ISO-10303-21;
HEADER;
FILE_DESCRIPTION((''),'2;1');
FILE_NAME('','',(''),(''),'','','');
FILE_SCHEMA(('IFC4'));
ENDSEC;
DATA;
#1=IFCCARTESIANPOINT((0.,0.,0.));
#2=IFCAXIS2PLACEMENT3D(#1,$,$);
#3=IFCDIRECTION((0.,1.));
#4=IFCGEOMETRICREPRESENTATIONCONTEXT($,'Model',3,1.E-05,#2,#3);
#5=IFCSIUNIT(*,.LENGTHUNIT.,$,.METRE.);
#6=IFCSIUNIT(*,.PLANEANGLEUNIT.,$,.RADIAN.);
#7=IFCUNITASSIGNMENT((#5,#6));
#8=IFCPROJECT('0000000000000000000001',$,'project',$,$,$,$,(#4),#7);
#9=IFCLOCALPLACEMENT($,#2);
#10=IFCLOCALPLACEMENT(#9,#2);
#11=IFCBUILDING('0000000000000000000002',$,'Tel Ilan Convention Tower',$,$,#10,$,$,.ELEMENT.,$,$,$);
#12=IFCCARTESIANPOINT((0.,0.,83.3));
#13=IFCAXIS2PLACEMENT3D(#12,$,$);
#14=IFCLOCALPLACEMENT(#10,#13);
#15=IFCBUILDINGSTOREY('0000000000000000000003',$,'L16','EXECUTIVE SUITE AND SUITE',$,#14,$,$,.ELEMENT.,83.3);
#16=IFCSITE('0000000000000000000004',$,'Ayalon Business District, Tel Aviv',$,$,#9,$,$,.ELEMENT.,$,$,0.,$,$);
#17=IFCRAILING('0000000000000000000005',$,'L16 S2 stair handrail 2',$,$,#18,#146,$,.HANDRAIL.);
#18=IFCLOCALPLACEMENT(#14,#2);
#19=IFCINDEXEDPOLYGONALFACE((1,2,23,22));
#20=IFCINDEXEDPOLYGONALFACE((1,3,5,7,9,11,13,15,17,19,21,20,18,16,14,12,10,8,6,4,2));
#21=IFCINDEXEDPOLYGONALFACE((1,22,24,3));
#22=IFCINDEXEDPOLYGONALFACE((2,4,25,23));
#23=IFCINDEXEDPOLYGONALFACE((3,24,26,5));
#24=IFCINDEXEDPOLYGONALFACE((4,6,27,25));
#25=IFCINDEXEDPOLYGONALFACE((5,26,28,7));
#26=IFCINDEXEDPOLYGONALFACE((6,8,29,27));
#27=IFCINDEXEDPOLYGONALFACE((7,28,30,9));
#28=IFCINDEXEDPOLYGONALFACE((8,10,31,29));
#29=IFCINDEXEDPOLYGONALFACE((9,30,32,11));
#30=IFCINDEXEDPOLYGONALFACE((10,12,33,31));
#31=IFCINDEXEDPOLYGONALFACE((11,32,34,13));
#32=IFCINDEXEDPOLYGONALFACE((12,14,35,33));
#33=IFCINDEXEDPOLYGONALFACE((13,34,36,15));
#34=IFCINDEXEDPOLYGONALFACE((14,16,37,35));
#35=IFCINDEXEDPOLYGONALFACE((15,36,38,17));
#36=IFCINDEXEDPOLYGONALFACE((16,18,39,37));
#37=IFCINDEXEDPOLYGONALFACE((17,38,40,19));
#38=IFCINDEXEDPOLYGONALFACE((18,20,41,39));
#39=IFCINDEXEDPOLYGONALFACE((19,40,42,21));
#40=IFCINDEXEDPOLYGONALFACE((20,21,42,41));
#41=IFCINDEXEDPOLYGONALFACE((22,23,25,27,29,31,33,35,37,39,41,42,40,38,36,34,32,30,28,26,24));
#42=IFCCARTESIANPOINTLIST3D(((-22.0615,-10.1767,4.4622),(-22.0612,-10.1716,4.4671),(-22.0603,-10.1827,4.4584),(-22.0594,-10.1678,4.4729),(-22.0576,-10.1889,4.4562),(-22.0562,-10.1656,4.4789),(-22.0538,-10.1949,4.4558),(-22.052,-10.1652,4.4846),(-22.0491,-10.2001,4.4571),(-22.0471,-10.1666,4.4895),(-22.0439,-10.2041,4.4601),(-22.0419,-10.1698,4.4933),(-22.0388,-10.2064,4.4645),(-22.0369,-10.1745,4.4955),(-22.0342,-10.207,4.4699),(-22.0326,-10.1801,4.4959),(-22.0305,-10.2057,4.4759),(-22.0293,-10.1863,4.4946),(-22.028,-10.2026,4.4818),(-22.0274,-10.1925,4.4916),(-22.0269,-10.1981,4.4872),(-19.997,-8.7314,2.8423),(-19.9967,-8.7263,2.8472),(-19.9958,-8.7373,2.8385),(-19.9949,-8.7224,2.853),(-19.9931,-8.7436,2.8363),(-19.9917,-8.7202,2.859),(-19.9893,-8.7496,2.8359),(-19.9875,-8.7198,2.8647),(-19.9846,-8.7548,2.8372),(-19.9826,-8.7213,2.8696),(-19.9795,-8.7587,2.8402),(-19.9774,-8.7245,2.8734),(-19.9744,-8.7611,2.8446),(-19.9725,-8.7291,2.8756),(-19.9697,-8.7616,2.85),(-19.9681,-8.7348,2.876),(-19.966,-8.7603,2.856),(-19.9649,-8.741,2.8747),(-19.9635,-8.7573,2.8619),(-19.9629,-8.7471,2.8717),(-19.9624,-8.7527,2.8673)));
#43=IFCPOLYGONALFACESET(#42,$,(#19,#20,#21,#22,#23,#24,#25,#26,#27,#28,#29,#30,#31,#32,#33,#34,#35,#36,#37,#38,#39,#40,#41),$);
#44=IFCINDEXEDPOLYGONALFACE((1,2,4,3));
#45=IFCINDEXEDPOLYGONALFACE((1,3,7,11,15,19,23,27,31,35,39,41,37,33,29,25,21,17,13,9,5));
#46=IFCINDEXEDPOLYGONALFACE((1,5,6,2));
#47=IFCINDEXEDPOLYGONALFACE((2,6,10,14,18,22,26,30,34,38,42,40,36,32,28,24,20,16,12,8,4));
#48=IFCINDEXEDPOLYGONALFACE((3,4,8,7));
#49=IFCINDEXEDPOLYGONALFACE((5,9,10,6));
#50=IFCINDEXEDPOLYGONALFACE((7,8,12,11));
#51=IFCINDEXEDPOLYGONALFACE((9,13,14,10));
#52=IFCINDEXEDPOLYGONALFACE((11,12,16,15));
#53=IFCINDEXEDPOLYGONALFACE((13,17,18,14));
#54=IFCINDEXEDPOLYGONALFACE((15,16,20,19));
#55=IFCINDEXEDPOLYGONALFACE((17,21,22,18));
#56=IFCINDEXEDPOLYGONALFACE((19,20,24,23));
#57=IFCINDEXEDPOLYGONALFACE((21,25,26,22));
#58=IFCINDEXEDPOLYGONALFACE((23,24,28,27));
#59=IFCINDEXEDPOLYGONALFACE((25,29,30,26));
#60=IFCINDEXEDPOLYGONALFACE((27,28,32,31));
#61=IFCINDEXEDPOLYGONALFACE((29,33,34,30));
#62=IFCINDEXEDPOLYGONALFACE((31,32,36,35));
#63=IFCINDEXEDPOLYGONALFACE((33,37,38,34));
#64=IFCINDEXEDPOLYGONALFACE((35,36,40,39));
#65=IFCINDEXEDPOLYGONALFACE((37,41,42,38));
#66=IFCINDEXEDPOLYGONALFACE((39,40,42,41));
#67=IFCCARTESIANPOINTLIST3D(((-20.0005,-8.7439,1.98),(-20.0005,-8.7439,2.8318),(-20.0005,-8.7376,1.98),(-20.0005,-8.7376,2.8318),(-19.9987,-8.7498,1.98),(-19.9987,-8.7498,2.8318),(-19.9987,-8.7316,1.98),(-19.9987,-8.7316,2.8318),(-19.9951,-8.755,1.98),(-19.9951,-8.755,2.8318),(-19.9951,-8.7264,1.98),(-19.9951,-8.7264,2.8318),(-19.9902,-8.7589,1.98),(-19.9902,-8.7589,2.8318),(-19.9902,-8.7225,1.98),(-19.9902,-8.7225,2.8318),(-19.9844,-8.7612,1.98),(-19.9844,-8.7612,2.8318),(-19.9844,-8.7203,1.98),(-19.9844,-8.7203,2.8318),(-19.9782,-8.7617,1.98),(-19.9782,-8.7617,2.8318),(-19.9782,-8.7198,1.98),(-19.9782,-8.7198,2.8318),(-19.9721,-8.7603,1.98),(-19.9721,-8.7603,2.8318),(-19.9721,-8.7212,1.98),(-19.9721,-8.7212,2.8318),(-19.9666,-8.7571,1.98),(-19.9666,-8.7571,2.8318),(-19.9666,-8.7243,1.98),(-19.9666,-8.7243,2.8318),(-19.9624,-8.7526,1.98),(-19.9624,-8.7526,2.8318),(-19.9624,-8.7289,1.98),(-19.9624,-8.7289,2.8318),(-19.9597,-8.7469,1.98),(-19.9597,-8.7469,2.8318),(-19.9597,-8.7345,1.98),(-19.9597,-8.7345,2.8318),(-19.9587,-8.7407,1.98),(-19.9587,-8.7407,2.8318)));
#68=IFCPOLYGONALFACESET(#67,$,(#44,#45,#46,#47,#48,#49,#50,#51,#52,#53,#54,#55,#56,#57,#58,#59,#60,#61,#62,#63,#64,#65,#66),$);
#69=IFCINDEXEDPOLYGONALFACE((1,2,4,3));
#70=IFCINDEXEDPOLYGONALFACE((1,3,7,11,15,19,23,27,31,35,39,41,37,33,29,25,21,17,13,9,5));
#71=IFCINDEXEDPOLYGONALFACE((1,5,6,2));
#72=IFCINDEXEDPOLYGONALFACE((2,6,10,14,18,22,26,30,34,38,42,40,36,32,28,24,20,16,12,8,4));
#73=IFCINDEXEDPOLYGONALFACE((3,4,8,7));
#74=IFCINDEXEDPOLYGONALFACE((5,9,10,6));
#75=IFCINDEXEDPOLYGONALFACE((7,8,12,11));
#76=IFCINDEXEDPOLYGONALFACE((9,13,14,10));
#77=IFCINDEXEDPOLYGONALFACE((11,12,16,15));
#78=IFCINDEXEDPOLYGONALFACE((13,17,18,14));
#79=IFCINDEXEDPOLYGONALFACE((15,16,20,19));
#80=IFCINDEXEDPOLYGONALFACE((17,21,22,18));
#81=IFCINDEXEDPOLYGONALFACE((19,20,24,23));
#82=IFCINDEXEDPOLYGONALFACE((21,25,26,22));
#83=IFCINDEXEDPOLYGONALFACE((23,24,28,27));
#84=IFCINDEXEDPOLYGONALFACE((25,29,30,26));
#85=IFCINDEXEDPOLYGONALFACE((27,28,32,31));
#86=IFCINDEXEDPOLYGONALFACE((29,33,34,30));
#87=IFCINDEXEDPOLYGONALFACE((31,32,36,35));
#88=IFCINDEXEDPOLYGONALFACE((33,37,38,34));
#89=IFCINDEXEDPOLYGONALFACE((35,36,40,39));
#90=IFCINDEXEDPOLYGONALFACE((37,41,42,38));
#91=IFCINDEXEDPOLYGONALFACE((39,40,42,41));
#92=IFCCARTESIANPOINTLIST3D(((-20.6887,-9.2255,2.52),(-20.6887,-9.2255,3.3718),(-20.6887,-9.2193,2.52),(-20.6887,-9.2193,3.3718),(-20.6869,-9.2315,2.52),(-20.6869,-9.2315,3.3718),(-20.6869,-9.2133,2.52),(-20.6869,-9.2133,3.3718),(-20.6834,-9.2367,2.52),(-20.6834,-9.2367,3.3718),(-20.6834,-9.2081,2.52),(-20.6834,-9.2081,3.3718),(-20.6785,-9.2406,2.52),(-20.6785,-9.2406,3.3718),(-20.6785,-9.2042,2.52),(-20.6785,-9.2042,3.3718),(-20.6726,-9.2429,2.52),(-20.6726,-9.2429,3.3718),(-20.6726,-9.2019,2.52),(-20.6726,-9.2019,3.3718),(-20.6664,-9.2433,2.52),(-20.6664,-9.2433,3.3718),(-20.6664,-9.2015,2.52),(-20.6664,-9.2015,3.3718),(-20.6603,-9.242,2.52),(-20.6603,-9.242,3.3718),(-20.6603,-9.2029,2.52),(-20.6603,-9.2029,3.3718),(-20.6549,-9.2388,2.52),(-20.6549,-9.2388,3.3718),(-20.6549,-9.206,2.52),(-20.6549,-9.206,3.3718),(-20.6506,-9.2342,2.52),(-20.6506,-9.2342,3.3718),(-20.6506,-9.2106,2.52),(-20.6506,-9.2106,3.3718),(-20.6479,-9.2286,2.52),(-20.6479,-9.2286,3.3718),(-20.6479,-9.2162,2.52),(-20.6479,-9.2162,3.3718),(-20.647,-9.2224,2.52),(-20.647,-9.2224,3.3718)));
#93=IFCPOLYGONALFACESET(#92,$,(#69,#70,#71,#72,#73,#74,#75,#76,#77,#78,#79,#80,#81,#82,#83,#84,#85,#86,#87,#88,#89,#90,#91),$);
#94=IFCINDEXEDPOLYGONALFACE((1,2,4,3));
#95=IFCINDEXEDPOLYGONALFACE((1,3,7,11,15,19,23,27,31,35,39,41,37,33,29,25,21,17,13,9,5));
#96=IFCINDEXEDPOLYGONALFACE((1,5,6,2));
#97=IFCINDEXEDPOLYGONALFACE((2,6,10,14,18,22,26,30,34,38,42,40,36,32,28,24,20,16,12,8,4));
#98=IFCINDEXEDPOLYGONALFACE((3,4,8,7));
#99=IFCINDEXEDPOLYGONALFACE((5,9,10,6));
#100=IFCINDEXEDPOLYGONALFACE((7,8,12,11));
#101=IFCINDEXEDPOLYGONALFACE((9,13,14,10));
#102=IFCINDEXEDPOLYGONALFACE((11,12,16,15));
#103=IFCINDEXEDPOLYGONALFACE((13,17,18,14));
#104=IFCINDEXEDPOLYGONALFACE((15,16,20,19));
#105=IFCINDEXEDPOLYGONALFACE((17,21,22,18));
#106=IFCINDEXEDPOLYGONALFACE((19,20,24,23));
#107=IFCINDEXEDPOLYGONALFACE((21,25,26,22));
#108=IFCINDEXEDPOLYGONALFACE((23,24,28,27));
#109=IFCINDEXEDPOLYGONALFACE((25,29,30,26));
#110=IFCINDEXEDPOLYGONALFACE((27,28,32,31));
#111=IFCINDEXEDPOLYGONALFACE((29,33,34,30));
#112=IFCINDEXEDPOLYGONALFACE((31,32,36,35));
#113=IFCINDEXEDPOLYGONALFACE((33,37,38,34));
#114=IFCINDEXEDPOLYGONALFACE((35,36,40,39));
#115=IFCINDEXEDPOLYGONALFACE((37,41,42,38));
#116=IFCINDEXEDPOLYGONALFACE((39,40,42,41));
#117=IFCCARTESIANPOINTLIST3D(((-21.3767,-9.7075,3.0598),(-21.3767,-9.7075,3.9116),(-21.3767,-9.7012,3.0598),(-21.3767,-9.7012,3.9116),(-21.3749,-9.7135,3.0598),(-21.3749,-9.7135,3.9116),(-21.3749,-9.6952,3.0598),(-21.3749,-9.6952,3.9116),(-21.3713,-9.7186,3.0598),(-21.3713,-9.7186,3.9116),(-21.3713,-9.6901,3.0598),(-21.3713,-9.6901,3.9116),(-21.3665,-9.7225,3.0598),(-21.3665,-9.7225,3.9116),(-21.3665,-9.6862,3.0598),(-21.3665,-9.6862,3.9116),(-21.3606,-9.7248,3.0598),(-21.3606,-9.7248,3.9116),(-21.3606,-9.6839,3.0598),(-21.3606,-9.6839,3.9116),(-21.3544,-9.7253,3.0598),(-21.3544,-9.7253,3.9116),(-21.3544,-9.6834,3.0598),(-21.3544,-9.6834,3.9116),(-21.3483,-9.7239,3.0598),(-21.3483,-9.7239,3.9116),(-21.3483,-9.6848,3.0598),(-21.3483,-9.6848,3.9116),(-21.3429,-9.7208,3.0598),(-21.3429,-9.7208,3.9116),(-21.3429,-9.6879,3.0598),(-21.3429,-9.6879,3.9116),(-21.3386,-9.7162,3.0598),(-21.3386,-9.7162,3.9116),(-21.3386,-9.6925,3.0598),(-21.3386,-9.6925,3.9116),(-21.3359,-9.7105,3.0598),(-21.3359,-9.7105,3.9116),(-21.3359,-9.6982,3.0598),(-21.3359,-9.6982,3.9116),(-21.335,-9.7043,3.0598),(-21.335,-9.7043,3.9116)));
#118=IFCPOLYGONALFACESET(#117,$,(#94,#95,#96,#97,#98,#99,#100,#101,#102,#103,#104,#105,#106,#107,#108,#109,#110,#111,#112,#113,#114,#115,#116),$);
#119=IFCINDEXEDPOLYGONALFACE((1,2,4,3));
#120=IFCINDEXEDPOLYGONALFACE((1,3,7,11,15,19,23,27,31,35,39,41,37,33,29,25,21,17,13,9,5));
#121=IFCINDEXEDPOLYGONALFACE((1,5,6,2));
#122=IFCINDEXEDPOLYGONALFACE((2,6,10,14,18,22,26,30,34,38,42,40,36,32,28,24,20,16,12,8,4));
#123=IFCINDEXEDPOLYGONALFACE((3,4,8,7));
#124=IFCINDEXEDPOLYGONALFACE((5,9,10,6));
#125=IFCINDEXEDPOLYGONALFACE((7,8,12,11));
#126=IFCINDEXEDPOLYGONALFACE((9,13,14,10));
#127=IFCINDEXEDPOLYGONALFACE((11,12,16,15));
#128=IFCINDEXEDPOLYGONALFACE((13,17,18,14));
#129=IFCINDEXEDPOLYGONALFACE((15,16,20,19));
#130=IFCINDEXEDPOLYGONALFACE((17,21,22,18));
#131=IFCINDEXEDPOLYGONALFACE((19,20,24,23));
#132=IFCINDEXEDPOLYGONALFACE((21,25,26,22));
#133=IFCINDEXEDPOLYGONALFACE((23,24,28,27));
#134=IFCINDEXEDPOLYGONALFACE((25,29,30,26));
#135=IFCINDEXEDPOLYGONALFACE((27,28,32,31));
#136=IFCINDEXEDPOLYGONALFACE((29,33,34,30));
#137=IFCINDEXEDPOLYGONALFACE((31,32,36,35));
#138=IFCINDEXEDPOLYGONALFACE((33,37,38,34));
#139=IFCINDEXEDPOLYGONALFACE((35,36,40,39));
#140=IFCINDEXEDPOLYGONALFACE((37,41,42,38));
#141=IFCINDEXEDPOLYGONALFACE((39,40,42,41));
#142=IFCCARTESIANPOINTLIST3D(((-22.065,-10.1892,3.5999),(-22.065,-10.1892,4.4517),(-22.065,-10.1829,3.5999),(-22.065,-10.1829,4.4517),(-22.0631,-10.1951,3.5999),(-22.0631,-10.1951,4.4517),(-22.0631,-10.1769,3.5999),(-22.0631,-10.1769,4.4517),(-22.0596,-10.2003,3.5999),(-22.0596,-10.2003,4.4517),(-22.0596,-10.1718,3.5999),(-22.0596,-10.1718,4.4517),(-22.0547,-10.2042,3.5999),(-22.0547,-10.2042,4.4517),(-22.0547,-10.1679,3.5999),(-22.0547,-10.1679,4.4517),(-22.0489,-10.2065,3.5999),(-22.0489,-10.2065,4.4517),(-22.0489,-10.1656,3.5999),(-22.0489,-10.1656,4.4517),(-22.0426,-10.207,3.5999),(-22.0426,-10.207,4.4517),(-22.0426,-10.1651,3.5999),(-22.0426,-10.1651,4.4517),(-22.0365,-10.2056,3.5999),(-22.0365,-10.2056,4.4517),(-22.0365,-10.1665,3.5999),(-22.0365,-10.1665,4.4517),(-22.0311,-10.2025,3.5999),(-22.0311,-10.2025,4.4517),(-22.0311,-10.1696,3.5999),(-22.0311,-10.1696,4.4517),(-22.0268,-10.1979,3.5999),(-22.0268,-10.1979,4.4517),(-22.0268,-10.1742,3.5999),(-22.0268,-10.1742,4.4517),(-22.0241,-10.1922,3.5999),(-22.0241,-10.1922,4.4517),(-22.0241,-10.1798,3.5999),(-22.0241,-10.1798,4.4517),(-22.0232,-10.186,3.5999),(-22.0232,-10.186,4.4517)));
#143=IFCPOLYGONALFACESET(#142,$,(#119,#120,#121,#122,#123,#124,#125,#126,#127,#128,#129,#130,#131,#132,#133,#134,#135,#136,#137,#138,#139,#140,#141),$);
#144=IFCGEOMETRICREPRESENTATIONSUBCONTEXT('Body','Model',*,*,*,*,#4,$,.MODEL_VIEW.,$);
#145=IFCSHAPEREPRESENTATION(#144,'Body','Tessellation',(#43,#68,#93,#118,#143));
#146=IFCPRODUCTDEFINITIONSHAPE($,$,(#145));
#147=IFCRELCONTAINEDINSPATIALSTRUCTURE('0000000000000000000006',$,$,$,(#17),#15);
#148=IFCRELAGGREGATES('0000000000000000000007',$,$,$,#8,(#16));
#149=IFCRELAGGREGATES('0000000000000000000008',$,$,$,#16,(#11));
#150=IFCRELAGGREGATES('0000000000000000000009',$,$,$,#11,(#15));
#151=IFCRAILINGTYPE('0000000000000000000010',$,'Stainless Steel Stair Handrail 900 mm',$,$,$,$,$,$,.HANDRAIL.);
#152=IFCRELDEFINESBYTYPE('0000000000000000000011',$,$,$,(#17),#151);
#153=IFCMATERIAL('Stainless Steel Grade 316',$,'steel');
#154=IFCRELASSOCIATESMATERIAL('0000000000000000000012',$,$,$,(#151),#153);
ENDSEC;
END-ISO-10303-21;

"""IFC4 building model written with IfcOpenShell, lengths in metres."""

from ifc_helpers import new_model, si_unit, direction, frame, origin, origin_2d, place, context, subcontext, project, spatial, circle, extrude, material, type_object, element, save


model = new_model("IFC4")

# Units and contexts
model_context = context("Model", 3, precision=1e-05, world=origin(), true_north=direction((0.0, 1.0)))
body_context = subcontext(model_context, "Body", "Model", "MODEL_VIEW")
ifc_project = project(units=[si_unit("LENGTHUNIT", "METRE"), si_unit("PLANEANGLEUNIT", "RADIAN")], contexts=[model_context])

# Site, building, storey
site_placement = place(None, origin())
site = spatial("IfcSite", under=ifc_project, at=site_placement, Name="Ayalon Business District, Tel Aviv", CompositionType="ELEMENT", RefElevation=0.0)
building_placement = place(site_placement, origin())
building = spatial("IfcBuilding", under=site, at=building_placement, Name="Tel Ilan Convention Tower", CompositionType="ELEMENT")
storey_placement = place(building_placement, frame((0.0, 0.0, 83.3)))
storey = spatial("IfcBuildingStorey", under=building, at=storey_placement, Name="L16", Description="EXECUTIVE SUITE AND SUITE", CompositionType="ELEMENT", Elevation=83.3)

# Railing
ifc_material_1 = material(Name="Stainless Steel Grade 316", Category="steel")
railing_type_1 = type_object("IfcRailingType", Name="Stainless Steel Stair Handrail 900 mm", PredefinedType="HANDRAIL", material=ifc_material_1)
railing_1_placement = place(storey_placement, frame((-19.9797, -8.7407, 1.98)))
element("IfcRailing", 1, at=railing_1_placement, inside=storey, type_object=railing_type_1, Name="L16 S2 stair handrail 2", PredefinedType="HANDRAIL", context=body_context, shape_type="SweptSolid", body=[
    extrude(circle(Radius=0.0239, at=origin_2d()), frame((0.0, 0.0, 0.876), z_axis=(-0.689113, -0.482444, 0.540713), x_axis=(0.573514, -0.819196, 0.0)), (0.0, 0.0, 1.0), 2.9958),
    extrude(circle(Radius=0.021, at=origin_2d()), origin(), (0.0, 0.0, 1.0), 0.8518),
    extrude(circle(Radius=0.021, at=origin_2d()), frame((-0.6882, -0.4817, 0.54)), (0.0, 0.0, 1.0), 0.8518),
    extrude(circle(Radius=0.021, at=origin_2d()), frame((-1.3762, -0.9636, 1.0798)), (0.0, 0.0, 1.0), 0.8518),
    extrude(circle(Radius=0.021, at=origin_2d()), frame((-2.0645, -1.4453, 1.6199)), (0.0, 0.0, 1.0), 0.8518),
])

save(model, "model.ifc")
